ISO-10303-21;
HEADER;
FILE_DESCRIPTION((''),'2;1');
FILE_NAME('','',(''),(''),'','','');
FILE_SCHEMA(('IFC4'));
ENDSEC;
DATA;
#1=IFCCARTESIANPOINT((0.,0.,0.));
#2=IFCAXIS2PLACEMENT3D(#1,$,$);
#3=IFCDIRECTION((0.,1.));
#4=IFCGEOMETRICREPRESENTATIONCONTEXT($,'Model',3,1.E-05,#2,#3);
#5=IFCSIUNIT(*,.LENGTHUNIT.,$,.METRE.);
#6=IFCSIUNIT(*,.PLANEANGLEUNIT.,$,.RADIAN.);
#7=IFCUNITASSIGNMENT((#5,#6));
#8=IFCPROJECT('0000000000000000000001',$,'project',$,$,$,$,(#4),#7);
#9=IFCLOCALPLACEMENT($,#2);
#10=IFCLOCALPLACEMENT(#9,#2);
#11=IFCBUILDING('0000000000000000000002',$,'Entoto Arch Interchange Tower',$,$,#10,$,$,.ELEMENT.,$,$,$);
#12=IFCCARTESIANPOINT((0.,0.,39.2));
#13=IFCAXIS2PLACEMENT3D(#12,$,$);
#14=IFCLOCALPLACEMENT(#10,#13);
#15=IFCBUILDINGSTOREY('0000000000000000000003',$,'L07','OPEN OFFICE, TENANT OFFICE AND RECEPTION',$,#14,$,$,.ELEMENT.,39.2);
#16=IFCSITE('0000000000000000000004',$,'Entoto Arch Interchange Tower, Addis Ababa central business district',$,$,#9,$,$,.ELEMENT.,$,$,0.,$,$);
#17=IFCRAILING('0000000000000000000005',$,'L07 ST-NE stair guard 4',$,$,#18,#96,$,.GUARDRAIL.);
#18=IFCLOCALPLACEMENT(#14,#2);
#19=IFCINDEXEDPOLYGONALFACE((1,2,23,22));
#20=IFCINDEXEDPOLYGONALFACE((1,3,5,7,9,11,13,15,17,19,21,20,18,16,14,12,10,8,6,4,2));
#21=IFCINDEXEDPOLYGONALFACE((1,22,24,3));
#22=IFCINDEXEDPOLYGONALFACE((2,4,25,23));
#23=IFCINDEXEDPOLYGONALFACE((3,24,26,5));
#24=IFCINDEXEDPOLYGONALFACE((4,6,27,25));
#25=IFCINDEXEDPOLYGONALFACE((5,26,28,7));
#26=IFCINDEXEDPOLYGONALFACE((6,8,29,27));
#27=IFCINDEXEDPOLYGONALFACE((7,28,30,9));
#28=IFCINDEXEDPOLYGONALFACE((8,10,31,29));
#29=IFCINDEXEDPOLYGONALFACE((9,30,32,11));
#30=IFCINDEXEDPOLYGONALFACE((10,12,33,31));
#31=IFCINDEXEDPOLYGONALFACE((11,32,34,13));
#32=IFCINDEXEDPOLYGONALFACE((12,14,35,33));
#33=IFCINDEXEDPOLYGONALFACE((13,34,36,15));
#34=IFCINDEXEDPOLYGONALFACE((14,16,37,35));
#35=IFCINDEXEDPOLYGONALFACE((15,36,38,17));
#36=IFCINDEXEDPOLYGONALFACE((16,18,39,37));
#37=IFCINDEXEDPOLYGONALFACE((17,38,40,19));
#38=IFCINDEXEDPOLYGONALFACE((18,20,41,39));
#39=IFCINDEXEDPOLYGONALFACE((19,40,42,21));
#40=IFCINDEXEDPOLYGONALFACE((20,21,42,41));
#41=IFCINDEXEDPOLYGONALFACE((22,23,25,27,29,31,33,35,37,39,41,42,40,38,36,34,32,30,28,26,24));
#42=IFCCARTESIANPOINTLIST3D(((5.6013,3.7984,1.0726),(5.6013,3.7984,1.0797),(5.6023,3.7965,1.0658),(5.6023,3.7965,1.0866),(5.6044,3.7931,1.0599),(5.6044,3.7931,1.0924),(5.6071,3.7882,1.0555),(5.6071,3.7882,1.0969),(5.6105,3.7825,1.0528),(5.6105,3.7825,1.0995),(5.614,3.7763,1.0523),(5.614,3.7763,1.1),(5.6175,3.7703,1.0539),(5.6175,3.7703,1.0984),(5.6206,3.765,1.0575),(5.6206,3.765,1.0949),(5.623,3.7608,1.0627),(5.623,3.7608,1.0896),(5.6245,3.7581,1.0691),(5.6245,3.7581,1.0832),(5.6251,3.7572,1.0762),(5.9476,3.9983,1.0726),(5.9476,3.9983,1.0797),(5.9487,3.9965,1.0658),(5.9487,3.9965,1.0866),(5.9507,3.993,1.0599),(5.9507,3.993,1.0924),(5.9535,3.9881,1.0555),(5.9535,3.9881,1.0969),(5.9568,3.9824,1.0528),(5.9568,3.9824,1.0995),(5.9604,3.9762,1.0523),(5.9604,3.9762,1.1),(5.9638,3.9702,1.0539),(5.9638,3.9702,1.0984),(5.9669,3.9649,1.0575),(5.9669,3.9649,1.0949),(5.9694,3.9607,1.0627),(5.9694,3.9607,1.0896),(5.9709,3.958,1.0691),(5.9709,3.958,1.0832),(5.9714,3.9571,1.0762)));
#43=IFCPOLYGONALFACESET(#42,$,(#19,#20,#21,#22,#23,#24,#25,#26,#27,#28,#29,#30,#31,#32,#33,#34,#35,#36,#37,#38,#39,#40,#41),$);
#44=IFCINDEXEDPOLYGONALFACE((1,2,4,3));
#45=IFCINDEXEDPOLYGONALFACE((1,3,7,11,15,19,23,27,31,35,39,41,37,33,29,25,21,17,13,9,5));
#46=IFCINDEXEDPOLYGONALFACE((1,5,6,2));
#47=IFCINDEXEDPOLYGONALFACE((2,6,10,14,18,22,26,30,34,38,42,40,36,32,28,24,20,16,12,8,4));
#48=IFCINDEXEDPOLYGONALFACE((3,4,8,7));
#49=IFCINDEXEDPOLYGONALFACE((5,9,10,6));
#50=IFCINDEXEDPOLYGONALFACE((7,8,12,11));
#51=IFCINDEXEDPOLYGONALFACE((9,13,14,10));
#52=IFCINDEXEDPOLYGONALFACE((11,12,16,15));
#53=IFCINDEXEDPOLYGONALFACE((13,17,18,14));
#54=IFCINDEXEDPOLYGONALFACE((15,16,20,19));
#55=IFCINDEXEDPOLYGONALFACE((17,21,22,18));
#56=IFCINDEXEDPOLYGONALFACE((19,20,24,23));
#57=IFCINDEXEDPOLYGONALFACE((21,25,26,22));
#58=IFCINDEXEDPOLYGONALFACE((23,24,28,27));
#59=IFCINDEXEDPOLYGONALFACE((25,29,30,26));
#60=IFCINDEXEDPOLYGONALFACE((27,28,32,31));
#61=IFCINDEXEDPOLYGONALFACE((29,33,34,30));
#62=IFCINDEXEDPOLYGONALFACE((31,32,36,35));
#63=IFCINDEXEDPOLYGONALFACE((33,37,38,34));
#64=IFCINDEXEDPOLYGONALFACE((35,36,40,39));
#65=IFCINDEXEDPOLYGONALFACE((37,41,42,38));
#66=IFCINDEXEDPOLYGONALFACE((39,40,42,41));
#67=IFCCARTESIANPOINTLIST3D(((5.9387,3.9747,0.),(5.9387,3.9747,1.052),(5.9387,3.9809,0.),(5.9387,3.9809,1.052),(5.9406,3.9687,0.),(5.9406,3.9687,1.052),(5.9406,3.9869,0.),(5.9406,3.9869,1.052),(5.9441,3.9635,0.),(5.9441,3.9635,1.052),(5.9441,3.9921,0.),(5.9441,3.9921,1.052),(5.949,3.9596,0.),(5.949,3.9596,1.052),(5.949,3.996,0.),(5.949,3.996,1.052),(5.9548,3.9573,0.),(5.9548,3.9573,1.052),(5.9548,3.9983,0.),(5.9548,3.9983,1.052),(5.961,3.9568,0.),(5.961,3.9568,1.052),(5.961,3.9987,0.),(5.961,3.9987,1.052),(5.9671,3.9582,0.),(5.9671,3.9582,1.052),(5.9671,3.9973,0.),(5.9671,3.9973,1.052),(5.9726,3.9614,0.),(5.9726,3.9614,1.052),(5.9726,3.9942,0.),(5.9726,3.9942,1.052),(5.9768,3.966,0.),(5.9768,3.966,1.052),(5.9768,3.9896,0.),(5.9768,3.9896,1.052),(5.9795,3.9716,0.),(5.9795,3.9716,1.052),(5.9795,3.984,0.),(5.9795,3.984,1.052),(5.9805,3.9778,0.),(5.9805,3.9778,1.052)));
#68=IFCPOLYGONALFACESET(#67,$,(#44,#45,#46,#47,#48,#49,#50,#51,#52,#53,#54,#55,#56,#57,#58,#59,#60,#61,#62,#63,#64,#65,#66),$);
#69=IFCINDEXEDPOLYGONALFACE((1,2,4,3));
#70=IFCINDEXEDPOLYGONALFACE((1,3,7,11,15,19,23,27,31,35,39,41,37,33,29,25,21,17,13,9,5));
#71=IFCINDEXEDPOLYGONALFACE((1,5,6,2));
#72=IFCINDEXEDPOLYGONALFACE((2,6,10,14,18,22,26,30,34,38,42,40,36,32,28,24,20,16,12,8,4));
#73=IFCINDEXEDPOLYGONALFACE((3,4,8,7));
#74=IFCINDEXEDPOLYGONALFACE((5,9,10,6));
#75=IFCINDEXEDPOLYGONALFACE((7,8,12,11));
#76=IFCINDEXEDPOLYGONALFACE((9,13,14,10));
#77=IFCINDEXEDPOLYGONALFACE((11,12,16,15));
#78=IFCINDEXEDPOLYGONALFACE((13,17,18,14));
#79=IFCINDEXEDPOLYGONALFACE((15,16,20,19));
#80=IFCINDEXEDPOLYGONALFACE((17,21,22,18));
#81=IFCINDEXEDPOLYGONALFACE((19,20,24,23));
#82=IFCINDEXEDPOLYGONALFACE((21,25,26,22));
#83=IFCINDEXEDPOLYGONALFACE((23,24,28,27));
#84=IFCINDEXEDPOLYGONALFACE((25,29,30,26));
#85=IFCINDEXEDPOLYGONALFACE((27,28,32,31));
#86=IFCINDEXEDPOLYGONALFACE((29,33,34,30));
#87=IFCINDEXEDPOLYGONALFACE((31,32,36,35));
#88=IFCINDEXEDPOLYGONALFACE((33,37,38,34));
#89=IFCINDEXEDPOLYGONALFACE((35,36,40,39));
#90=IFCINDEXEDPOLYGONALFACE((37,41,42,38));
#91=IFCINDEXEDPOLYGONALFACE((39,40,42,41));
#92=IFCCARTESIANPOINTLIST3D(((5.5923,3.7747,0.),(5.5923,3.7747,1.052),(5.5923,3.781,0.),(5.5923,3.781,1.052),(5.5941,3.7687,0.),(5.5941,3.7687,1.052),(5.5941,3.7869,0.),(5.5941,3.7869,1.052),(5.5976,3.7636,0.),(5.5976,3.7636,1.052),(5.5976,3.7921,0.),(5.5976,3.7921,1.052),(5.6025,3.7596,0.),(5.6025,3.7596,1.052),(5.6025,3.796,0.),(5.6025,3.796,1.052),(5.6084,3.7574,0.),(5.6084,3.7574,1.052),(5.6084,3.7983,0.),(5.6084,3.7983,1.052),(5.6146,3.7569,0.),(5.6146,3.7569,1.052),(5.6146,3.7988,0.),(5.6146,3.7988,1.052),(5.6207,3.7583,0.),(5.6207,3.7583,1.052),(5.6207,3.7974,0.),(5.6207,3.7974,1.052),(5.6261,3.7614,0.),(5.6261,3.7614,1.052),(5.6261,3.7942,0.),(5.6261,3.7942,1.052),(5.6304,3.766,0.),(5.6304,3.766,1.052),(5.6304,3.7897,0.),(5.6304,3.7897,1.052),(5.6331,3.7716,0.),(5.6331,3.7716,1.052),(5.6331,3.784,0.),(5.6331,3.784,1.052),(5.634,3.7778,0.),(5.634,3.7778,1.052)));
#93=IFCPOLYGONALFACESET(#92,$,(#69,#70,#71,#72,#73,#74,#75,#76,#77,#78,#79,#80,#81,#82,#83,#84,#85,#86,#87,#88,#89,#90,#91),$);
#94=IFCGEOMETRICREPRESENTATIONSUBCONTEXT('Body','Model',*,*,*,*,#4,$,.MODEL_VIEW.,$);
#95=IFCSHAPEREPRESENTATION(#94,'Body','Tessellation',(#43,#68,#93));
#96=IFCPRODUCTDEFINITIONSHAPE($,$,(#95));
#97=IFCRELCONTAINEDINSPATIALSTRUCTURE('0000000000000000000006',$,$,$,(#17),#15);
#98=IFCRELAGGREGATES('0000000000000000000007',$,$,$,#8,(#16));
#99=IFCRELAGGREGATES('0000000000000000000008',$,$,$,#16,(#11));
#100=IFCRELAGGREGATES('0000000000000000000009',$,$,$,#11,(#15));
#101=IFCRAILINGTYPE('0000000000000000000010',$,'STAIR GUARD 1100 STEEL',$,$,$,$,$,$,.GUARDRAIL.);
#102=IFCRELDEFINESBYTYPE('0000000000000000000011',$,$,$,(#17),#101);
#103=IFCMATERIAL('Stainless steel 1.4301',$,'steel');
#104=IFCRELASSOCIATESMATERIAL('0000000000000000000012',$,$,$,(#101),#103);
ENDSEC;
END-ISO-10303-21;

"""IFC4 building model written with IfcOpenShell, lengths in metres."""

from ifc_helpers import new_model, si_unit, direction, frame, origin, origin_2d, place, context, subcontext, project, spatial, circle, extrude, material, type_object, element, save


model = new_model("IFC4")

# Units and contexts
model_context = context("Model", 3, precision=1e-05, world=origin(), true_north=direction((0.0, 1.0)))
body_context = subcontext(model_context, "Body", "Model", "MODEL_VIEW")
ifc_project = project(units=[si_unit("LENGTHUNIT", "METRE"), si_unit("PLANEANGLEUNIT", "RADIAN")], contexts=[model_context])

# Site, building, storey
site_placement = place(None, origin())
site = spatial("IfcSite", under=ifc_project, at=site_placement, Name="Entoto Arch Interchange Tower, Addis Ababa central business district", CompositionType="ELEMENT", RefElevation=0.0)
building_placement = place(site_placement, origin())
building = spatial("IfcBuilding", under=site, at=building_placement, Name="Entoto Arch Interchange Tower", CompositionType="ELEMENT")
storey_placement = place(building_placement, frame((0.0, 0.0, 39.2)))
storey = spatial("IfcBuildingStorey", under=building, at=storey_placement, Name="L07", Description="OPEN OFFICE, TENANT OFFICE AND RECEPTION", CompositionType="ELEMENT", Elevation=39.2)

# Railing
ifc_material_1 = material(Name="Stainless steel 1.4301", Category="steel")
railing_type_1 = type_object("IfcRailingType", Name="STAIR GUARD 1100 STEEL", PredefinedType="GUARDRAIL", material=ifc_material_1)
railing_1_placement = place(storey_placement, frame((5.9595, 3.9778, 0.0)))
element("IfcRailing", 1, at=railing_1_placement, inside=storey, type_object=railing_type_1, Name="L07 ST-NE stair guard 4", PredefinedType="GUARDRAIL", context=body_context, shape_type="SweptSolid", body=[
    extrude(circle(Radius=0.0239, at=origin_2d()), frame((0.0, 0.0, 1.0762), z_axis=(-0.866094, -0.499881, 0.0), x_axis=(0.499881, -0.866094, 0.0)), (0.0, 0.0, 1.0), 0.3999),
    extrude(circle(Radius=0.021, at=origin_2d()), origin(), (0.0, 0.0, 1.0), 1.052),
    extrude(circle(Radius=0.021, at=origin_2d()), frame((-0.3464, -0.2, 0.0)), (0.0, 0.0, 1.0), 1.052),
])

save(model, "model.ifc")
